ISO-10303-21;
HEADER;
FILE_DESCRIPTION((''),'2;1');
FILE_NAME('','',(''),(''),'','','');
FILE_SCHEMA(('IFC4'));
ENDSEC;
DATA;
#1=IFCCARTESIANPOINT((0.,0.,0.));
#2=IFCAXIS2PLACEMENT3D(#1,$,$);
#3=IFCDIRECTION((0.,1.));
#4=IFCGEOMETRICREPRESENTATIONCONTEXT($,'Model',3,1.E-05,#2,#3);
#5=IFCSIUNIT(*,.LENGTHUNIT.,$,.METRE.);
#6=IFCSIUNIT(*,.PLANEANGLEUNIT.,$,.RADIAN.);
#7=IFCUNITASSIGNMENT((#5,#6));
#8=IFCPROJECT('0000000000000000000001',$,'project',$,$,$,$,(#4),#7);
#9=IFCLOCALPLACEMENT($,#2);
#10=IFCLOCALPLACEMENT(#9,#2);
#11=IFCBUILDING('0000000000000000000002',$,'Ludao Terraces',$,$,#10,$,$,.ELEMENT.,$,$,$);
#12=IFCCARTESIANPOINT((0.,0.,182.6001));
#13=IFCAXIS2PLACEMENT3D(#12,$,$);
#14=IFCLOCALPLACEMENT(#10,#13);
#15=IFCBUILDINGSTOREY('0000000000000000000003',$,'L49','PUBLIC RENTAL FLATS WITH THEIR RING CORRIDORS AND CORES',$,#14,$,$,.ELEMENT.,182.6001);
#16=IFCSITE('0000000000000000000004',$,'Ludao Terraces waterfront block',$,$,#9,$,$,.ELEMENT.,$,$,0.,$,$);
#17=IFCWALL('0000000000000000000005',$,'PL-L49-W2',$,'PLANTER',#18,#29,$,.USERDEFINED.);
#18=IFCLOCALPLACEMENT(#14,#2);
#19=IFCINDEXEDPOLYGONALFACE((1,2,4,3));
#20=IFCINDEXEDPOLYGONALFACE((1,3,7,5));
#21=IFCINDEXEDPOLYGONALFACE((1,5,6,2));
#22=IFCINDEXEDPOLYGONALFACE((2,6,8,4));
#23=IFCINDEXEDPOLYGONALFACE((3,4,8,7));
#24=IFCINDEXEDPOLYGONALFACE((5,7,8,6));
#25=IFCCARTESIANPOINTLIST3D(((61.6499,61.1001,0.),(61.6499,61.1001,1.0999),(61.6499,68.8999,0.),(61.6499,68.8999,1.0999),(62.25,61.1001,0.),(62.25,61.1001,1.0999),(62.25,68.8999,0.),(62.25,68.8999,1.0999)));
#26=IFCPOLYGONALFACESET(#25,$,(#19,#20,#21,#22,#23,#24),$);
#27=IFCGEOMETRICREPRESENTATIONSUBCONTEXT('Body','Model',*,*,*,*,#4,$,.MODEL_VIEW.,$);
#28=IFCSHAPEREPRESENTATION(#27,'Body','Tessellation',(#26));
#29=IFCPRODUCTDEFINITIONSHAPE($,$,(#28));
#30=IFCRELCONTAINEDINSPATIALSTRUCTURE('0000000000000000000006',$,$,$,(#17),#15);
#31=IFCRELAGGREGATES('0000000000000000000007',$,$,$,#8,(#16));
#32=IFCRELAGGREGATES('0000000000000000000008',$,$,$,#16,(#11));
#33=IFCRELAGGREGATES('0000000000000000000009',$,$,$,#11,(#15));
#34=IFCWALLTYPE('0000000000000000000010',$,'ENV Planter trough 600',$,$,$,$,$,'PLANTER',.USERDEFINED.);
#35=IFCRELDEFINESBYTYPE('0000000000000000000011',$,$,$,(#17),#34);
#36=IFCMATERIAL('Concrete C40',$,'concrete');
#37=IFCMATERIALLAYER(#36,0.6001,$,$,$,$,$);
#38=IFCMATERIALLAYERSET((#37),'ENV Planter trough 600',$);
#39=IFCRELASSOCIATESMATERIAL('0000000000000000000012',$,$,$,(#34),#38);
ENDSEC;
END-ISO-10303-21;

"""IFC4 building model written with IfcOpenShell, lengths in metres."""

from ifc_helpers import new_model, si_unit, direction, frame, frame_2d, origin, place, context, subcontext, project, spatial, rectangle, extrude, material, layer, layer_set, type_object, element, save


model = new_model("IFC4")

# Units and contexts
model_context = context("Model", 3, precision=1e-05, world=origin(), true_north=direction((0.0, 1.0)))
body_context = subcontext(model_context, "Body", "Model", "MODEL_VIEW")
ifc_project = project(units=[si_unit("LENGTHUNIT", "METRE"), si_unit("PLANEANGLEUNIT", "RADIAN")], contexts=[model_context])

# Site, building, storey
site_placement = place(None, origin())
site = spatial("IfcSite", under=ifc_project, at=site_placement, Name="Ludao Terraces waterfront block", CompositionType="ELEMENT", RefElevation=0.0)
building_placement = place(site_placement, origin())
building = spatial("IfcBuilding", under=site, at=building_placement, Name="Ludao Terraces", CompositionType="ELEMENT")
storey_placement = place(building_placement, frame((0.0, 0.0, 182.6001)))
storey = spatial("IfcBuildingStorey", under=building, at=storey_placement, Name="L49", Description="PUBLIC RENTAL FLATS WITH THEIR RING CORRIDORS AND CORES", CompositionType="ELEMENT", Elevation=182.6001)

# Shared definitions
ifc_material_1 = material(Name="Concrete C40", Category="concrete")

# Wall
ifc_layer_1 = layer(ifc_material_1, 0.6001)
ifc_layer_set_1 = layer_set([ifc_layer_1], Name="ENV Planter trough 600")
wall_type = type_object("IfcWallType", Name="ENV Planter trough 600", ElementType="PLANTER", PredefinedType="USERDEFINED", material=ifc_layer_set_1)
wall_1_placement = place(storey_placement, frame((61.95, 61.1001, 0.0), z_axis=(0.0, 0.0, 1.0), x_axis=(0.0, 1.0, 0.0)))
element("IfcWall", 1, at=wall_1_placement, inside=storey, type_object=wall_type, Name="PL-L49-W2", ObjectType="PLANTER", PredefinedType="USERDEFINED", context=body_context, shape_type="SweptSolid", body=[
    extrude(rectangle(XDim=7.7998, YDim=0.6001, at=frame_2d((3.8999, 0.0))), origin(), (0.0, 0.0, 1.0), 1.0999),
])

save(model, "model.ifc")
